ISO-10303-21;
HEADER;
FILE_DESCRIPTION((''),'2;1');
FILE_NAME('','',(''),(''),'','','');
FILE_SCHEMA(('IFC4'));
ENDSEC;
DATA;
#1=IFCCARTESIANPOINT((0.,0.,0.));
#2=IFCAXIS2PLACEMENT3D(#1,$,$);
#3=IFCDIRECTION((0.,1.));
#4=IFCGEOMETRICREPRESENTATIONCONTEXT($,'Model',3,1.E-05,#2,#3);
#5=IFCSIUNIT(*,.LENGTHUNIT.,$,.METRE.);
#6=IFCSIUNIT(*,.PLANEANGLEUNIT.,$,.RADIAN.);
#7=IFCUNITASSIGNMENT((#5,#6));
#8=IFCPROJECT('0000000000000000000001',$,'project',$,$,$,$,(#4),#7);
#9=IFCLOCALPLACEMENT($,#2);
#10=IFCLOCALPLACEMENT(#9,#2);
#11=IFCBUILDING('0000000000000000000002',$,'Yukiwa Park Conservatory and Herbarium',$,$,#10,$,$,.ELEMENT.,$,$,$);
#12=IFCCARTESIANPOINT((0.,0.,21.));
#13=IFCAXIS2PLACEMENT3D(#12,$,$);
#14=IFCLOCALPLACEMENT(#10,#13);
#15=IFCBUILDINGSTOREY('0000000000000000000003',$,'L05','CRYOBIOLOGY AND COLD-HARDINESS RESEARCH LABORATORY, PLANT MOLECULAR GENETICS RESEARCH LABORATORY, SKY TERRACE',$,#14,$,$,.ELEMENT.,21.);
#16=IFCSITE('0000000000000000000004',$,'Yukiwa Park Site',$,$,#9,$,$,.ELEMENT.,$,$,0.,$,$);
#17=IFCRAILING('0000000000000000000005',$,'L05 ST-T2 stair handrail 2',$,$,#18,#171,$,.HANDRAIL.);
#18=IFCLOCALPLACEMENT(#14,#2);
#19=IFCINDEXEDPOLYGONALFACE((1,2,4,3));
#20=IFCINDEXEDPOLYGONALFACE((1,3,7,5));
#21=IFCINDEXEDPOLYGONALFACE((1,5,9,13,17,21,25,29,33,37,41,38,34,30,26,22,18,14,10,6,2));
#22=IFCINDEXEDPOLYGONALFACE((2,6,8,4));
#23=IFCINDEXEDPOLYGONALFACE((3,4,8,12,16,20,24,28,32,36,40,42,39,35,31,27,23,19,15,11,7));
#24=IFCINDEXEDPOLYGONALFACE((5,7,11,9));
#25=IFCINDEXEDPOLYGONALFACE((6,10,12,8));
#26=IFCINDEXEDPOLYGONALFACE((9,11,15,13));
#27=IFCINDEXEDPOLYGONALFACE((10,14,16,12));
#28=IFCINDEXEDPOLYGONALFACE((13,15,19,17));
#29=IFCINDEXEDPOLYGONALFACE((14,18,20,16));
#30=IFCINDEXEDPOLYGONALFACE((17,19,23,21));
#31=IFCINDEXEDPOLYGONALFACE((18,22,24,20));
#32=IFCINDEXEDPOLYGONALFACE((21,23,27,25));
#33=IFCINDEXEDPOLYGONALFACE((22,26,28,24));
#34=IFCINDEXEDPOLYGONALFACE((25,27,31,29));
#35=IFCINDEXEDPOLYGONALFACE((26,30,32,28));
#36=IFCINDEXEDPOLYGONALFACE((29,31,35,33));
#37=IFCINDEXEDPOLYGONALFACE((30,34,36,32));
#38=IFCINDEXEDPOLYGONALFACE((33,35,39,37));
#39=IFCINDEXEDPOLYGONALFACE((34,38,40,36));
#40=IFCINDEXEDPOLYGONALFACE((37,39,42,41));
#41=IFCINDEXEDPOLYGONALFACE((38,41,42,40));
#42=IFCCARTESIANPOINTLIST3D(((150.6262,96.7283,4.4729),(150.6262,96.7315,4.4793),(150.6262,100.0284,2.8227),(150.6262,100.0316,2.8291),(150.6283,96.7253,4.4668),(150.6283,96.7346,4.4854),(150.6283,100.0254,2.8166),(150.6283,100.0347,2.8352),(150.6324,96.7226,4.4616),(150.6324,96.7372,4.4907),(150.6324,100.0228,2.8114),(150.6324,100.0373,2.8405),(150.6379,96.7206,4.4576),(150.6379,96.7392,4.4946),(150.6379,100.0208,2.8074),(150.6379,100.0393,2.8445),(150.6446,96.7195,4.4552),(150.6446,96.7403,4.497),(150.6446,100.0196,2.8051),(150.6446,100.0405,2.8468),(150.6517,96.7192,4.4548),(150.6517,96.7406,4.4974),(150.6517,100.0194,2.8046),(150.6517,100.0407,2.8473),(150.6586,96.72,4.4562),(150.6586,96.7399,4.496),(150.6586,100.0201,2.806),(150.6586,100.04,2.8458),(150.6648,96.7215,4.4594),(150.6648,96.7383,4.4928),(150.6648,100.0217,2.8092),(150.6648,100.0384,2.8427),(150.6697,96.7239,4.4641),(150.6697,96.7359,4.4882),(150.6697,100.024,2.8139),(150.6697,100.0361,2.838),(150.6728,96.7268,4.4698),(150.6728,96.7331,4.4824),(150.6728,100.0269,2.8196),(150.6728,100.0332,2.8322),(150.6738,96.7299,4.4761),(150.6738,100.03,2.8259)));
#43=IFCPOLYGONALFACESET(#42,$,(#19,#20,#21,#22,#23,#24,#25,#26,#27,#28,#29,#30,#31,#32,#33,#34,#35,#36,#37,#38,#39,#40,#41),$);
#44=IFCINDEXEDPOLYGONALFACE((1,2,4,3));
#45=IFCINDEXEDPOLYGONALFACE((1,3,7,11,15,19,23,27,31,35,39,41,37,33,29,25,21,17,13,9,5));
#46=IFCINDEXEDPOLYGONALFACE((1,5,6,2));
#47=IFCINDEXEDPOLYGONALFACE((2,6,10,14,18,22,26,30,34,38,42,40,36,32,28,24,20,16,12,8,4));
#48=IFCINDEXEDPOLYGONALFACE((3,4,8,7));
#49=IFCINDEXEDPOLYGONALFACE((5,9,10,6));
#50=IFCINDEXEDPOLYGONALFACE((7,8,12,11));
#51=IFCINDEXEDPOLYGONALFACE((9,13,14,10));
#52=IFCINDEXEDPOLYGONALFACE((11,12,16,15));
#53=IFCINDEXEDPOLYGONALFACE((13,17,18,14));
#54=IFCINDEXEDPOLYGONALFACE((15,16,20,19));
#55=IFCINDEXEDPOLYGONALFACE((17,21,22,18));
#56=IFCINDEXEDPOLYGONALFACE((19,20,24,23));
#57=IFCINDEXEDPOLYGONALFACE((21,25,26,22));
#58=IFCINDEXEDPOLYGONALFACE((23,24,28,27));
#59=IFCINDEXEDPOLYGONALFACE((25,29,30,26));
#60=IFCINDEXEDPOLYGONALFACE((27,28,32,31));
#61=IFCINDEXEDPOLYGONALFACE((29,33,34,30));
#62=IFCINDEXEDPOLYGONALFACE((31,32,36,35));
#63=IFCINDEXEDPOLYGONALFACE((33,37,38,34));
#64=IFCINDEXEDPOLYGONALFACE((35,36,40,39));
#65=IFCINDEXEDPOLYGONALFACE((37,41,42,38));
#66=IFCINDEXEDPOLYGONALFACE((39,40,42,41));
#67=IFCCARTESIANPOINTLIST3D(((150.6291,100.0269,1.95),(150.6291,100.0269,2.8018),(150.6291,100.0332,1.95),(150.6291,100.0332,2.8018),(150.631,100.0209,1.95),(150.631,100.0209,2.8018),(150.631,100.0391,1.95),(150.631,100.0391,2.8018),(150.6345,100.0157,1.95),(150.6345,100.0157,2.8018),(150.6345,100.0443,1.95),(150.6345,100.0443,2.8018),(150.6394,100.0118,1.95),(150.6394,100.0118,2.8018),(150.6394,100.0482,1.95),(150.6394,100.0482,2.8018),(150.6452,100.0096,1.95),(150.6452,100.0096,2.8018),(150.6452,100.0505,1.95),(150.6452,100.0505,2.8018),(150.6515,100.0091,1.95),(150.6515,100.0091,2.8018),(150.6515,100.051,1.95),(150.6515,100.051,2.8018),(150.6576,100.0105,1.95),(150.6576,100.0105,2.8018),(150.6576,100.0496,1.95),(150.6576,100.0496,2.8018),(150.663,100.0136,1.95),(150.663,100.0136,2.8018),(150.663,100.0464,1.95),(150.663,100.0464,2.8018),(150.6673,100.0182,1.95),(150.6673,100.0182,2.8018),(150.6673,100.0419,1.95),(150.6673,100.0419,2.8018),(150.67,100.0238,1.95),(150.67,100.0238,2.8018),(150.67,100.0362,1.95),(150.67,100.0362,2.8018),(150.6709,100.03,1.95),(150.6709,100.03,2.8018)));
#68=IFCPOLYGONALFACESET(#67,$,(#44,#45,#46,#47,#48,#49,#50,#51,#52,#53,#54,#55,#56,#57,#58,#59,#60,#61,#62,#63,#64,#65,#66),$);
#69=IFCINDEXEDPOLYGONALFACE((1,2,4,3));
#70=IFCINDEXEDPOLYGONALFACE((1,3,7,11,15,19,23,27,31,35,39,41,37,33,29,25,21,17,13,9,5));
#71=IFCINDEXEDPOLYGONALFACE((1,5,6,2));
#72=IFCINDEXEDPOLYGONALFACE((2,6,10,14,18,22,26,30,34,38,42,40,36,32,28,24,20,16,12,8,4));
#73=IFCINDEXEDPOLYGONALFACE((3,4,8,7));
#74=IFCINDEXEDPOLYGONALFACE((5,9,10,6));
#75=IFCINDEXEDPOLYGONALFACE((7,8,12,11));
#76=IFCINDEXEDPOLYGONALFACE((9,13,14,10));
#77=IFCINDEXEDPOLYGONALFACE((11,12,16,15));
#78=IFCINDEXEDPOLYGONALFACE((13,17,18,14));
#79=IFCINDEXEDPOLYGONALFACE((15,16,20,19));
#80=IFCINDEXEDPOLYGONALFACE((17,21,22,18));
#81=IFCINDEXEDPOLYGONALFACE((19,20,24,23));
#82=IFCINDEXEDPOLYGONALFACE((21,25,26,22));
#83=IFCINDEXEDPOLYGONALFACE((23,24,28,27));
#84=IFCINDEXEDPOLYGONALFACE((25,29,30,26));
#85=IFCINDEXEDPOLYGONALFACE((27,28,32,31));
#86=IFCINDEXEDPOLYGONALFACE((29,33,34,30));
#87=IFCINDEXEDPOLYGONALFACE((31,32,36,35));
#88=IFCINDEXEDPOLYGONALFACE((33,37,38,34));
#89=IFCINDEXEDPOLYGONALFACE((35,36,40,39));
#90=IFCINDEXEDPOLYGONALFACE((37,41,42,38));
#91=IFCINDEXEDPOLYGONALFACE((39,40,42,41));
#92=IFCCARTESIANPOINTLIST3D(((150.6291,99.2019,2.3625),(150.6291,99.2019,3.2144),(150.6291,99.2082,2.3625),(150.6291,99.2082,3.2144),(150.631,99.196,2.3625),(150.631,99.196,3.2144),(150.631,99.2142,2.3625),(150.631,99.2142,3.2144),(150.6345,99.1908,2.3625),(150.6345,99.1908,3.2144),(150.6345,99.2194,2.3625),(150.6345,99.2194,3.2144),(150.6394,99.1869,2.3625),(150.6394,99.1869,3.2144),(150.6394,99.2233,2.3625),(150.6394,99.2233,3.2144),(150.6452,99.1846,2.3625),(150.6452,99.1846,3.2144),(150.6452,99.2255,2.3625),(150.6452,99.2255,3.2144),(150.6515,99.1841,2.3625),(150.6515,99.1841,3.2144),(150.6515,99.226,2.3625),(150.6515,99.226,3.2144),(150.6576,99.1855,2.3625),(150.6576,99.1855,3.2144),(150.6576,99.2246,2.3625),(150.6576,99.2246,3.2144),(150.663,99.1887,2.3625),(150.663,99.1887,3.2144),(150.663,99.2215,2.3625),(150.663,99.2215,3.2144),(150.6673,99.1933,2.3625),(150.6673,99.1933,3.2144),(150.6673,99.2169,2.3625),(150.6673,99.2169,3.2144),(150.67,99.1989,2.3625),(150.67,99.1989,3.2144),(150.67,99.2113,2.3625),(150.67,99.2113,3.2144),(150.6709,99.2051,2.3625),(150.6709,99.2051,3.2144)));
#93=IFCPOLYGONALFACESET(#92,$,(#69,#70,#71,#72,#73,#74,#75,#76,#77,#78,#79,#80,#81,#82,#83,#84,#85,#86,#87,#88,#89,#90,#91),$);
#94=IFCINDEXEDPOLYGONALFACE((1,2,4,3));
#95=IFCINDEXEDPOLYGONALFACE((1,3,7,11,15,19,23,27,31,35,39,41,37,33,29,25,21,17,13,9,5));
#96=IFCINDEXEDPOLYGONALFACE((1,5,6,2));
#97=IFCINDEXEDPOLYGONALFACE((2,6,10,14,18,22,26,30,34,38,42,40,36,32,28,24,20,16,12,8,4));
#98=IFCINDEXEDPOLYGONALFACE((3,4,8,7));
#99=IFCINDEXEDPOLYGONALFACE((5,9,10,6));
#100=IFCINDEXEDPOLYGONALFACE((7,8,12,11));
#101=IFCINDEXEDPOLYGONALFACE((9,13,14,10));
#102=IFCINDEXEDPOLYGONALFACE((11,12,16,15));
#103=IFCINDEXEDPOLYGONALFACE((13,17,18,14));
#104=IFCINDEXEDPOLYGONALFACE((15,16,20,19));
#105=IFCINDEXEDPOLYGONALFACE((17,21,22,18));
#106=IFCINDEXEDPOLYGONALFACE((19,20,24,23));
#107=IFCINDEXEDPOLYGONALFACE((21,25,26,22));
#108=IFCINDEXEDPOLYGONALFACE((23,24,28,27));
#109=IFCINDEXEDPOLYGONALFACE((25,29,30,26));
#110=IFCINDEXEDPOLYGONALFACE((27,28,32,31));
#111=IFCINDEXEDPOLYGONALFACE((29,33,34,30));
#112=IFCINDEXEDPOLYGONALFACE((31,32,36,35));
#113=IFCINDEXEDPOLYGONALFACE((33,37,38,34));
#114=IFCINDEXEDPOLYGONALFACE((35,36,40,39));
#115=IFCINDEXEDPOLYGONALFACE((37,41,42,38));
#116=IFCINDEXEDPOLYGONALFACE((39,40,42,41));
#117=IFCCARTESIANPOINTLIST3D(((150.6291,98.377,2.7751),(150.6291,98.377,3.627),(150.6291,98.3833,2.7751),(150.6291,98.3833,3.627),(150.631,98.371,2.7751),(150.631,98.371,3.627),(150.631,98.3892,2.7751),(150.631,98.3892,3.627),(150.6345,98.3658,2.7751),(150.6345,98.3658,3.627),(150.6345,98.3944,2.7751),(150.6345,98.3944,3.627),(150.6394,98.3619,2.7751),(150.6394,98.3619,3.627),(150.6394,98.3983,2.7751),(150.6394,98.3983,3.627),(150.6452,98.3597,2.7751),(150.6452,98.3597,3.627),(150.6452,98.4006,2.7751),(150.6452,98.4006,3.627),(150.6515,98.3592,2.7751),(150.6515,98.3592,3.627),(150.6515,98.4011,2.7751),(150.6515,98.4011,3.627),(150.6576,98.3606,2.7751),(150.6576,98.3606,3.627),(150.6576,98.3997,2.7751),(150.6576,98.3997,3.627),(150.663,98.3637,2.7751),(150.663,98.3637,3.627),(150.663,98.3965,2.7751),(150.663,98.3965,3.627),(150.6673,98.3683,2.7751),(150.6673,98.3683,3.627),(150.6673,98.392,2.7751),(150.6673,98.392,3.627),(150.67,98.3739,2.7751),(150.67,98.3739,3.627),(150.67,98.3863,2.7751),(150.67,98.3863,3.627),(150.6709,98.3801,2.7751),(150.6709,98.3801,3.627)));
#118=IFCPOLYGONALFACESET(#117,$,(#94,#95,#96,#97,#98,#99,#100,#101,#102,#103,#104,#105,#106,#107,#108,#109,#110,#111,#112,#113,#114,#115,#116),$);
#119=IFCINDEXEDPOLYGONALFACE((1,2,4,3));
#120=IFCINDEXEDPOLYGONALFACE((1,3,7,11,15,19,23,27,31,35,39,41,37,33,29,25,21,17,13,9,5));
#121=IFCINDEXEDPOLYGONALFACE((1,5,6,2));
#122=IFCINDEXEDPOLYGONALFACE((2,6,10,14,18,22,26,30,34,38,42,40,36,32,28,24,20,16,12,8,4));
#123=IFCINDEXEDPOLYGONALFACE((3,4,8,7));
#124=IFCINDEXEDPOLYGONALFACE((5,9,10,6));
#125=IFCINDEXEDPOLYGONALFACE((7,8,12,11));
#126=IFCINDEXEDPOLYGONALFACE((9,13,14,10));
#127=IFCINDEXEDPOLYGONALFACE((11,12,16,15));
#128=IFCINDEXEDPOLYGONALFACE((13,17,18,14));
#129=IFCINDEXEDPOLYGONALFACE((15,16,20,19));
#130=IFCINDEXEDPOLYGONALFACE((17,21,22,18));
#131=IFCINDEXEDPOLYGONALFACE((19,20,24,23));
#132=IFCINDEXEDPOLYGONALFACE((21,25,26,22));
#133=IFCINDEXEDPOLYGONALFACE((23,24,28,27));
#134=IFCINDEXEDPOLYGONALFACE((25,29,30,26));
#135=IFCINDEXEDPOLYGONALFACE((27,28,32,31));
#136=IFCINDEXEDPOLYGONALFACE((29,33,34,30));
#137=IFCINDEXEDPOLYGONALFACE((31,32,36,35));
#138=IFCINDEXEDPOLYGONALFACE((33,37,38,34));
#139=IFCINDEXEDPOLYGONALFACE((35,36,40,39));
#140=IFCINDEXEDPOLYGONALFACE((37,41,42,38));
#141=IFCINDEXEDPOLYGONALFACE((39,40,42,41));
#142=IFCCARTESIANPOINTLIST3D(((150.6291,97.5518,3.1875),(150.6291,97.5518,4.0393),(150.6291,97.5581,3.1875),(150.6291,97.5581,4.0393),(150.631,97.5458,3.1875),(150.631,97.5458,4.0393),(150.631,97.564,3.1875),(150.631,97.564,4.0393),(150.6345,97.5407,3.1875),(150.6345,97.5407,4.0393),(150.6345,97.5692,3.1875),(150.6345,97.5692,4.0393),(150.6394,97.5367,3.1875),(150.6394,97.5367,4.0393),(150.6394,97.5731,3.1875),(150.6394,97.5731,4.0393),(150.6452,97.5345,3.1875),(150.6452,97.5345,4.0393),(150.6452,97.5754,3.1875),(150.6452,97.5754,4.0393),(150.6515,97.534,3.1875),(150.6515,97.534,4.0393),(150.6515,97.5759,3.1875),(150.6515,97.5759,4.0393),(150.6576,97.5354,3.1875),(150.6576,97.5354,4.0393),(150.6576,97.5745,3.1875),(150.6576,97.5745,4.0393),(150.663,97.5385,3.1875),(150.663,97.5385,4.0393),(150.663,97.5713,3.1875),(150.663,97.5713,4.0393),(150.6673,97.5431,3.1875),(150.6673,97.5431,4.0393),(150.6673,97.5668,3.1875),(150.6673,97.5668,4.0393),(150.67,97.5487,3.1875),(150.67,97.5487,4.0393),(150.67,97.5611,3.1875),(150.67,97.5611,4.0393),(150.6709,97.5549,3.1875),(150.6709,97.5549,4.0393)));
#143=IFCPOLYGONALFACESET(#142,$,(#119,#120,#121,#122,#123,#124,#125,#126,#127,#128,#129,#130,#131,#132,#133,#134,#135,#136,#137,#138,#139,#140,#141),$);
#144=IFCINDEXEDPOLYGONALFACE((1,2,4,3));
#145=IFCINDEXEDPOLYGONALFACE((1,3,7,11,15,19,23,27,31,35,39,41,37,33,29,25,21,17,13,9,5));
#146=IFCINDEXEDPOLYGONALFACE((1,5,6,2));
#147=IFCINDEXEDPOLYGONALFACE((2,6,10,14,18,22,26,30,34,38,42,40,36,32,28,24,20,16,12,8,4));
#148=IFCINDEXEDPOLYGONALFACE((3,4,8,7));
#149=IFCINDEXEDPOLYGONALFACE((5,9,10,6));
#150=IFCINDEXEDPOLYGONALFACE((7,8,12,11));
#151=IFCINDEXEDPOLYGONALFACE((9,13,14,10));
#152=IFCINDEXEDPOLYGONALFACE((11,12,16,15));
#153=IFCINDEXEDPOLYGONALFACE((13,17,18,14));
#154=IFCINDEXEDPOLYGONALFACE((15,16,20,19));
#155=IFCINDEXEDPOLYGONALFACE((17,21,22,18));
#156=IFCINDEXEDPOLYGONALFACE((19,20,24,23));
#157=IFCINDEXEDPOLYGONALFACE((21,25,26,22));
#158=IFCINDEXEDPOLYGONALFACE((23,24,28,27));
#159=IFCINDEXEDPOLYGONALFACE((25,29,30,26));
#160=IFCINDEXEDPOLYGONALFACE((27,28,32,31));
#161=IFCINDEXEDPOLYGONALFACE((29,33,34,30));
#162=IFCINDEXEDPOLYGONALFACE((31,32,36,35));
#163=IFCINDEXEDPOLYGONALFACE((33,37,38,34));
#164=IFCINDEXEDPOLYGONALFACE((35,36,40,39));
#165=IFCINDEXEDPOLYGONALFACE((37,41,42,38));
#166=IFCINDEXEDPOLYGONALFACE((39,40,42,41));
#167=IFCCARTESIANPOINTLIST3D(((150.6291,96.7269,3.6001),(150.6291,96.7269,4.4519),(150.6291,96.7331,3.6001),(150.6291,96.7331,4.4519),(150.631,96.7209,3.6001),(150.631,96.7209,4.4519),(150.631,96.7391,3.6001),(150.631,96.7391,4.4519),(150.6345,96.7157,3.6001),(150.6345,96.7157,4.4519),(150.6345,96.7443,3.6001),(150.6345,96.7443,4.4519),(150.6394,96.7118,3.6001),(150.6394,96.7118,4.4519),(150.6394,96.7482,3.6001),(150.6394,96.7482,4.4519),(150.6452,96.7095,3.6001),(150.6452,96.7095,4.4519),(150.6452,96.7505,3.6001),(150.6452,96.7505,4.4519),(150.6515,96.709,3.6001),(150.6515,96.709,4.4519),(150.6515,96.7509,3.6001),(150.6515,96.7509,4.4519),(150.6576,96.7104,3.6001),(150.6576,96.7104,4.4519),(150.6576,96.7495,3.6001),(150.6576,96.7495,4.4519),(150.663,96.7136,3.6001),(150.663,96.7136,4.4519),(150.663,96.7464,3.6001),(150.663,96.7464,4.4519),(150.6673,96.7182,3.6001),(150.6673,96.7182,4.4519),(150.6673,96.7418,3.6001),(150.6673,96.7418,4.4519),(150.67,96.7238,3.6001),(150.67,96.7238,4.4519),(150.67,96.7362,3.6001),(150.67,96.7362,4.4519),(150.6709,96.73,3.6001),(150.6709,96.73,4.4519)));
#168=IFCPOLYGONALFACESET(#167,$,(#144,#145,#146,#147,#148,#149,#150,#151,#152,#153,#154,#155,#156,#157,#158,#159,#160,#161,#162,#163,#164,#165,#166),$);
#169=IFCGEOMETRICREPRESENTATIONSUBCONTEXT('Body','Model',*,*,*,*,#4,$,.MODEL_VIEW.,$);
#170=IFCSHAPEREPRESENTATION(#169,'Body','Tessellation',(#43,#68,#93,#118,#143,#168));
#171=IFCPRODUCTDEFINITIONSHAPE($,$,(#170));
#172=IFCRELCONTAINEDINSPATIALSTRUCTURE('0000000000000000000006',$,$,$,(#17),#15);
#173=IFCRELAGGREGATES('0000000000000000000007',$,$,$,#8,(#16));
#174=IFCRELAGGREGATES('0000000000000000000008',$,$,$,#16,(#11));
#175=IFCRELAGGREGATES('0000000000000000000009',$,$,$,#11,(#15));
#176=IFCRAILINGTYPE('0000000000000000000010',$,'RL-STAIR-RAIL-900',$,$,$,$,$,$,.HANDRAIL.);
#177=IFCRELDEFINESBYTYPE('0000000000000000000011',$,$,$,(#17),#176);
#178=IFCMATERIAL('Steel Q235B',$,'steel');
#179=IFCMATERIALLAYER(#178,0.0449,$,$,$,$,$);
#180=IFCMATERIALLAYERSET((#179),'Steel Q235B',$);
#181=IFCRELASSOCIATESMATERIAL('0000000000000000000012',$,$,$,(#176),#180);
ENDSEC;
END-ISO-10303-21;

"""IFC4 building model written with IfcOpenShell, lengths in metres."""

from ifc_helpers import new_model, si_unit, direction, frame, origin, origin_2d, place, context, subcontext, project, spatial, circle, extrude, material, layer, layer_set, type_object, element, save


model = new_model("IFC4")

# Units and contexts
model_context = context("Model", 3, precision=1e-05, world=origin(), true_north=direction((0.0, 1.0)))
body_context = subcontext(model_context, "Body", "Model", "MODEL_VIEW")
ifc_project = project(units=[si_unit("LENGTHUNIT", "METRE"), si_unit("PLANEANGLEUNIT", "RADIAN")], contexts=[model_context])

# Site, building, storey
site_placement = place(None, origin())
site = spatial("IfcSite", under=ifc_project, at=site_placement, Name="Yukiwa Park Site", CompositionType="ELEMENT", RefElevation=0.0)
building_placement = place(site_placement, origin())
building = spatial("IfcBuilding", under=site, at=building_placement, Name="Yukiwa Park Conservatory and Herbarium", CompositionType="ELEMENT")
storey_placement = place(building_placement, frame((0.0, 0.0, 21.0)))
storey = spatial("IfcBuildingStorey", under=building, at=storey_placement, Name="L05", Description="CRYOBIOLOGY AND COLD-HARDINESS RESEARCH LABORATORY, PLANT MOLECULAR GENETICS RESEARCH LABORATORY, SKY TERRACE", CompositionType="ELEMENT", Elevation=21.0)

# Railing
ifc_material_1 = material(Name="Steel Q235B", Category="steel")
ifc_layer_1 = layer(ifc_material_1, 0.0449)
ifc_layer_set_1 = layer_set([ifc_layer_1], Name="Steel Q235B")
railing_type_1 = type_object("IfcRailingType", Name="RL-STAIR-RAIL-900", PredefinedType="HANDRAIL", material=ifc_layer_set_1)
railing_1_placement = place(storey_placement, frame((150.6499, 100.03, 1.95)))
element("IfcRailing", 1, at=railing_1_placement, inside=storey, type_object=railing_type_1, Name="L05 ST-T2 stair handrail 2", PredefinedType="HANDRAIL", context=body_context, shape_type="SweptSolid", body=[
    extrude(circle(Radius=0.0239, at=origin_2d()), frame((0.0, 0.0, 0.876), z_axis=(0.0, -0.894414, 0.44724), x_axis=(1.0, 0.0, 0.0)), (0.0, 0.0, 1.0), 3.6897),
    extrude(circle(Radius=0.021, at=origin_2d()), origin(), (0.0, 0.0, 1.0), 0.8518),
    extrude(circle(Radius=0.021, at=origin_2d()), frame((0.0, -0.825, 0.4126)), (0.0, 0.0, 1.0), 0.8518),
    extrude(circle(Radius=0.021, at=origin_2d()), frame((0.0, -1.6499, 0.8252)), (0.0, 0.0, 1.0), 0.8518),
    extrude(circle(Radius=0.021, at=origin_2d()), frame((0.0, -2.4751, 1.2375)), (0.0, 0.0, 1.0), 0.8518),
    extrude(circle(Radius=0.021, at=origin_2d()), frame((0.0, -3.3, 1.6501)), (0.0, 0.0, 1.0), 0.8518),
])

save(model, "model.ifc")
